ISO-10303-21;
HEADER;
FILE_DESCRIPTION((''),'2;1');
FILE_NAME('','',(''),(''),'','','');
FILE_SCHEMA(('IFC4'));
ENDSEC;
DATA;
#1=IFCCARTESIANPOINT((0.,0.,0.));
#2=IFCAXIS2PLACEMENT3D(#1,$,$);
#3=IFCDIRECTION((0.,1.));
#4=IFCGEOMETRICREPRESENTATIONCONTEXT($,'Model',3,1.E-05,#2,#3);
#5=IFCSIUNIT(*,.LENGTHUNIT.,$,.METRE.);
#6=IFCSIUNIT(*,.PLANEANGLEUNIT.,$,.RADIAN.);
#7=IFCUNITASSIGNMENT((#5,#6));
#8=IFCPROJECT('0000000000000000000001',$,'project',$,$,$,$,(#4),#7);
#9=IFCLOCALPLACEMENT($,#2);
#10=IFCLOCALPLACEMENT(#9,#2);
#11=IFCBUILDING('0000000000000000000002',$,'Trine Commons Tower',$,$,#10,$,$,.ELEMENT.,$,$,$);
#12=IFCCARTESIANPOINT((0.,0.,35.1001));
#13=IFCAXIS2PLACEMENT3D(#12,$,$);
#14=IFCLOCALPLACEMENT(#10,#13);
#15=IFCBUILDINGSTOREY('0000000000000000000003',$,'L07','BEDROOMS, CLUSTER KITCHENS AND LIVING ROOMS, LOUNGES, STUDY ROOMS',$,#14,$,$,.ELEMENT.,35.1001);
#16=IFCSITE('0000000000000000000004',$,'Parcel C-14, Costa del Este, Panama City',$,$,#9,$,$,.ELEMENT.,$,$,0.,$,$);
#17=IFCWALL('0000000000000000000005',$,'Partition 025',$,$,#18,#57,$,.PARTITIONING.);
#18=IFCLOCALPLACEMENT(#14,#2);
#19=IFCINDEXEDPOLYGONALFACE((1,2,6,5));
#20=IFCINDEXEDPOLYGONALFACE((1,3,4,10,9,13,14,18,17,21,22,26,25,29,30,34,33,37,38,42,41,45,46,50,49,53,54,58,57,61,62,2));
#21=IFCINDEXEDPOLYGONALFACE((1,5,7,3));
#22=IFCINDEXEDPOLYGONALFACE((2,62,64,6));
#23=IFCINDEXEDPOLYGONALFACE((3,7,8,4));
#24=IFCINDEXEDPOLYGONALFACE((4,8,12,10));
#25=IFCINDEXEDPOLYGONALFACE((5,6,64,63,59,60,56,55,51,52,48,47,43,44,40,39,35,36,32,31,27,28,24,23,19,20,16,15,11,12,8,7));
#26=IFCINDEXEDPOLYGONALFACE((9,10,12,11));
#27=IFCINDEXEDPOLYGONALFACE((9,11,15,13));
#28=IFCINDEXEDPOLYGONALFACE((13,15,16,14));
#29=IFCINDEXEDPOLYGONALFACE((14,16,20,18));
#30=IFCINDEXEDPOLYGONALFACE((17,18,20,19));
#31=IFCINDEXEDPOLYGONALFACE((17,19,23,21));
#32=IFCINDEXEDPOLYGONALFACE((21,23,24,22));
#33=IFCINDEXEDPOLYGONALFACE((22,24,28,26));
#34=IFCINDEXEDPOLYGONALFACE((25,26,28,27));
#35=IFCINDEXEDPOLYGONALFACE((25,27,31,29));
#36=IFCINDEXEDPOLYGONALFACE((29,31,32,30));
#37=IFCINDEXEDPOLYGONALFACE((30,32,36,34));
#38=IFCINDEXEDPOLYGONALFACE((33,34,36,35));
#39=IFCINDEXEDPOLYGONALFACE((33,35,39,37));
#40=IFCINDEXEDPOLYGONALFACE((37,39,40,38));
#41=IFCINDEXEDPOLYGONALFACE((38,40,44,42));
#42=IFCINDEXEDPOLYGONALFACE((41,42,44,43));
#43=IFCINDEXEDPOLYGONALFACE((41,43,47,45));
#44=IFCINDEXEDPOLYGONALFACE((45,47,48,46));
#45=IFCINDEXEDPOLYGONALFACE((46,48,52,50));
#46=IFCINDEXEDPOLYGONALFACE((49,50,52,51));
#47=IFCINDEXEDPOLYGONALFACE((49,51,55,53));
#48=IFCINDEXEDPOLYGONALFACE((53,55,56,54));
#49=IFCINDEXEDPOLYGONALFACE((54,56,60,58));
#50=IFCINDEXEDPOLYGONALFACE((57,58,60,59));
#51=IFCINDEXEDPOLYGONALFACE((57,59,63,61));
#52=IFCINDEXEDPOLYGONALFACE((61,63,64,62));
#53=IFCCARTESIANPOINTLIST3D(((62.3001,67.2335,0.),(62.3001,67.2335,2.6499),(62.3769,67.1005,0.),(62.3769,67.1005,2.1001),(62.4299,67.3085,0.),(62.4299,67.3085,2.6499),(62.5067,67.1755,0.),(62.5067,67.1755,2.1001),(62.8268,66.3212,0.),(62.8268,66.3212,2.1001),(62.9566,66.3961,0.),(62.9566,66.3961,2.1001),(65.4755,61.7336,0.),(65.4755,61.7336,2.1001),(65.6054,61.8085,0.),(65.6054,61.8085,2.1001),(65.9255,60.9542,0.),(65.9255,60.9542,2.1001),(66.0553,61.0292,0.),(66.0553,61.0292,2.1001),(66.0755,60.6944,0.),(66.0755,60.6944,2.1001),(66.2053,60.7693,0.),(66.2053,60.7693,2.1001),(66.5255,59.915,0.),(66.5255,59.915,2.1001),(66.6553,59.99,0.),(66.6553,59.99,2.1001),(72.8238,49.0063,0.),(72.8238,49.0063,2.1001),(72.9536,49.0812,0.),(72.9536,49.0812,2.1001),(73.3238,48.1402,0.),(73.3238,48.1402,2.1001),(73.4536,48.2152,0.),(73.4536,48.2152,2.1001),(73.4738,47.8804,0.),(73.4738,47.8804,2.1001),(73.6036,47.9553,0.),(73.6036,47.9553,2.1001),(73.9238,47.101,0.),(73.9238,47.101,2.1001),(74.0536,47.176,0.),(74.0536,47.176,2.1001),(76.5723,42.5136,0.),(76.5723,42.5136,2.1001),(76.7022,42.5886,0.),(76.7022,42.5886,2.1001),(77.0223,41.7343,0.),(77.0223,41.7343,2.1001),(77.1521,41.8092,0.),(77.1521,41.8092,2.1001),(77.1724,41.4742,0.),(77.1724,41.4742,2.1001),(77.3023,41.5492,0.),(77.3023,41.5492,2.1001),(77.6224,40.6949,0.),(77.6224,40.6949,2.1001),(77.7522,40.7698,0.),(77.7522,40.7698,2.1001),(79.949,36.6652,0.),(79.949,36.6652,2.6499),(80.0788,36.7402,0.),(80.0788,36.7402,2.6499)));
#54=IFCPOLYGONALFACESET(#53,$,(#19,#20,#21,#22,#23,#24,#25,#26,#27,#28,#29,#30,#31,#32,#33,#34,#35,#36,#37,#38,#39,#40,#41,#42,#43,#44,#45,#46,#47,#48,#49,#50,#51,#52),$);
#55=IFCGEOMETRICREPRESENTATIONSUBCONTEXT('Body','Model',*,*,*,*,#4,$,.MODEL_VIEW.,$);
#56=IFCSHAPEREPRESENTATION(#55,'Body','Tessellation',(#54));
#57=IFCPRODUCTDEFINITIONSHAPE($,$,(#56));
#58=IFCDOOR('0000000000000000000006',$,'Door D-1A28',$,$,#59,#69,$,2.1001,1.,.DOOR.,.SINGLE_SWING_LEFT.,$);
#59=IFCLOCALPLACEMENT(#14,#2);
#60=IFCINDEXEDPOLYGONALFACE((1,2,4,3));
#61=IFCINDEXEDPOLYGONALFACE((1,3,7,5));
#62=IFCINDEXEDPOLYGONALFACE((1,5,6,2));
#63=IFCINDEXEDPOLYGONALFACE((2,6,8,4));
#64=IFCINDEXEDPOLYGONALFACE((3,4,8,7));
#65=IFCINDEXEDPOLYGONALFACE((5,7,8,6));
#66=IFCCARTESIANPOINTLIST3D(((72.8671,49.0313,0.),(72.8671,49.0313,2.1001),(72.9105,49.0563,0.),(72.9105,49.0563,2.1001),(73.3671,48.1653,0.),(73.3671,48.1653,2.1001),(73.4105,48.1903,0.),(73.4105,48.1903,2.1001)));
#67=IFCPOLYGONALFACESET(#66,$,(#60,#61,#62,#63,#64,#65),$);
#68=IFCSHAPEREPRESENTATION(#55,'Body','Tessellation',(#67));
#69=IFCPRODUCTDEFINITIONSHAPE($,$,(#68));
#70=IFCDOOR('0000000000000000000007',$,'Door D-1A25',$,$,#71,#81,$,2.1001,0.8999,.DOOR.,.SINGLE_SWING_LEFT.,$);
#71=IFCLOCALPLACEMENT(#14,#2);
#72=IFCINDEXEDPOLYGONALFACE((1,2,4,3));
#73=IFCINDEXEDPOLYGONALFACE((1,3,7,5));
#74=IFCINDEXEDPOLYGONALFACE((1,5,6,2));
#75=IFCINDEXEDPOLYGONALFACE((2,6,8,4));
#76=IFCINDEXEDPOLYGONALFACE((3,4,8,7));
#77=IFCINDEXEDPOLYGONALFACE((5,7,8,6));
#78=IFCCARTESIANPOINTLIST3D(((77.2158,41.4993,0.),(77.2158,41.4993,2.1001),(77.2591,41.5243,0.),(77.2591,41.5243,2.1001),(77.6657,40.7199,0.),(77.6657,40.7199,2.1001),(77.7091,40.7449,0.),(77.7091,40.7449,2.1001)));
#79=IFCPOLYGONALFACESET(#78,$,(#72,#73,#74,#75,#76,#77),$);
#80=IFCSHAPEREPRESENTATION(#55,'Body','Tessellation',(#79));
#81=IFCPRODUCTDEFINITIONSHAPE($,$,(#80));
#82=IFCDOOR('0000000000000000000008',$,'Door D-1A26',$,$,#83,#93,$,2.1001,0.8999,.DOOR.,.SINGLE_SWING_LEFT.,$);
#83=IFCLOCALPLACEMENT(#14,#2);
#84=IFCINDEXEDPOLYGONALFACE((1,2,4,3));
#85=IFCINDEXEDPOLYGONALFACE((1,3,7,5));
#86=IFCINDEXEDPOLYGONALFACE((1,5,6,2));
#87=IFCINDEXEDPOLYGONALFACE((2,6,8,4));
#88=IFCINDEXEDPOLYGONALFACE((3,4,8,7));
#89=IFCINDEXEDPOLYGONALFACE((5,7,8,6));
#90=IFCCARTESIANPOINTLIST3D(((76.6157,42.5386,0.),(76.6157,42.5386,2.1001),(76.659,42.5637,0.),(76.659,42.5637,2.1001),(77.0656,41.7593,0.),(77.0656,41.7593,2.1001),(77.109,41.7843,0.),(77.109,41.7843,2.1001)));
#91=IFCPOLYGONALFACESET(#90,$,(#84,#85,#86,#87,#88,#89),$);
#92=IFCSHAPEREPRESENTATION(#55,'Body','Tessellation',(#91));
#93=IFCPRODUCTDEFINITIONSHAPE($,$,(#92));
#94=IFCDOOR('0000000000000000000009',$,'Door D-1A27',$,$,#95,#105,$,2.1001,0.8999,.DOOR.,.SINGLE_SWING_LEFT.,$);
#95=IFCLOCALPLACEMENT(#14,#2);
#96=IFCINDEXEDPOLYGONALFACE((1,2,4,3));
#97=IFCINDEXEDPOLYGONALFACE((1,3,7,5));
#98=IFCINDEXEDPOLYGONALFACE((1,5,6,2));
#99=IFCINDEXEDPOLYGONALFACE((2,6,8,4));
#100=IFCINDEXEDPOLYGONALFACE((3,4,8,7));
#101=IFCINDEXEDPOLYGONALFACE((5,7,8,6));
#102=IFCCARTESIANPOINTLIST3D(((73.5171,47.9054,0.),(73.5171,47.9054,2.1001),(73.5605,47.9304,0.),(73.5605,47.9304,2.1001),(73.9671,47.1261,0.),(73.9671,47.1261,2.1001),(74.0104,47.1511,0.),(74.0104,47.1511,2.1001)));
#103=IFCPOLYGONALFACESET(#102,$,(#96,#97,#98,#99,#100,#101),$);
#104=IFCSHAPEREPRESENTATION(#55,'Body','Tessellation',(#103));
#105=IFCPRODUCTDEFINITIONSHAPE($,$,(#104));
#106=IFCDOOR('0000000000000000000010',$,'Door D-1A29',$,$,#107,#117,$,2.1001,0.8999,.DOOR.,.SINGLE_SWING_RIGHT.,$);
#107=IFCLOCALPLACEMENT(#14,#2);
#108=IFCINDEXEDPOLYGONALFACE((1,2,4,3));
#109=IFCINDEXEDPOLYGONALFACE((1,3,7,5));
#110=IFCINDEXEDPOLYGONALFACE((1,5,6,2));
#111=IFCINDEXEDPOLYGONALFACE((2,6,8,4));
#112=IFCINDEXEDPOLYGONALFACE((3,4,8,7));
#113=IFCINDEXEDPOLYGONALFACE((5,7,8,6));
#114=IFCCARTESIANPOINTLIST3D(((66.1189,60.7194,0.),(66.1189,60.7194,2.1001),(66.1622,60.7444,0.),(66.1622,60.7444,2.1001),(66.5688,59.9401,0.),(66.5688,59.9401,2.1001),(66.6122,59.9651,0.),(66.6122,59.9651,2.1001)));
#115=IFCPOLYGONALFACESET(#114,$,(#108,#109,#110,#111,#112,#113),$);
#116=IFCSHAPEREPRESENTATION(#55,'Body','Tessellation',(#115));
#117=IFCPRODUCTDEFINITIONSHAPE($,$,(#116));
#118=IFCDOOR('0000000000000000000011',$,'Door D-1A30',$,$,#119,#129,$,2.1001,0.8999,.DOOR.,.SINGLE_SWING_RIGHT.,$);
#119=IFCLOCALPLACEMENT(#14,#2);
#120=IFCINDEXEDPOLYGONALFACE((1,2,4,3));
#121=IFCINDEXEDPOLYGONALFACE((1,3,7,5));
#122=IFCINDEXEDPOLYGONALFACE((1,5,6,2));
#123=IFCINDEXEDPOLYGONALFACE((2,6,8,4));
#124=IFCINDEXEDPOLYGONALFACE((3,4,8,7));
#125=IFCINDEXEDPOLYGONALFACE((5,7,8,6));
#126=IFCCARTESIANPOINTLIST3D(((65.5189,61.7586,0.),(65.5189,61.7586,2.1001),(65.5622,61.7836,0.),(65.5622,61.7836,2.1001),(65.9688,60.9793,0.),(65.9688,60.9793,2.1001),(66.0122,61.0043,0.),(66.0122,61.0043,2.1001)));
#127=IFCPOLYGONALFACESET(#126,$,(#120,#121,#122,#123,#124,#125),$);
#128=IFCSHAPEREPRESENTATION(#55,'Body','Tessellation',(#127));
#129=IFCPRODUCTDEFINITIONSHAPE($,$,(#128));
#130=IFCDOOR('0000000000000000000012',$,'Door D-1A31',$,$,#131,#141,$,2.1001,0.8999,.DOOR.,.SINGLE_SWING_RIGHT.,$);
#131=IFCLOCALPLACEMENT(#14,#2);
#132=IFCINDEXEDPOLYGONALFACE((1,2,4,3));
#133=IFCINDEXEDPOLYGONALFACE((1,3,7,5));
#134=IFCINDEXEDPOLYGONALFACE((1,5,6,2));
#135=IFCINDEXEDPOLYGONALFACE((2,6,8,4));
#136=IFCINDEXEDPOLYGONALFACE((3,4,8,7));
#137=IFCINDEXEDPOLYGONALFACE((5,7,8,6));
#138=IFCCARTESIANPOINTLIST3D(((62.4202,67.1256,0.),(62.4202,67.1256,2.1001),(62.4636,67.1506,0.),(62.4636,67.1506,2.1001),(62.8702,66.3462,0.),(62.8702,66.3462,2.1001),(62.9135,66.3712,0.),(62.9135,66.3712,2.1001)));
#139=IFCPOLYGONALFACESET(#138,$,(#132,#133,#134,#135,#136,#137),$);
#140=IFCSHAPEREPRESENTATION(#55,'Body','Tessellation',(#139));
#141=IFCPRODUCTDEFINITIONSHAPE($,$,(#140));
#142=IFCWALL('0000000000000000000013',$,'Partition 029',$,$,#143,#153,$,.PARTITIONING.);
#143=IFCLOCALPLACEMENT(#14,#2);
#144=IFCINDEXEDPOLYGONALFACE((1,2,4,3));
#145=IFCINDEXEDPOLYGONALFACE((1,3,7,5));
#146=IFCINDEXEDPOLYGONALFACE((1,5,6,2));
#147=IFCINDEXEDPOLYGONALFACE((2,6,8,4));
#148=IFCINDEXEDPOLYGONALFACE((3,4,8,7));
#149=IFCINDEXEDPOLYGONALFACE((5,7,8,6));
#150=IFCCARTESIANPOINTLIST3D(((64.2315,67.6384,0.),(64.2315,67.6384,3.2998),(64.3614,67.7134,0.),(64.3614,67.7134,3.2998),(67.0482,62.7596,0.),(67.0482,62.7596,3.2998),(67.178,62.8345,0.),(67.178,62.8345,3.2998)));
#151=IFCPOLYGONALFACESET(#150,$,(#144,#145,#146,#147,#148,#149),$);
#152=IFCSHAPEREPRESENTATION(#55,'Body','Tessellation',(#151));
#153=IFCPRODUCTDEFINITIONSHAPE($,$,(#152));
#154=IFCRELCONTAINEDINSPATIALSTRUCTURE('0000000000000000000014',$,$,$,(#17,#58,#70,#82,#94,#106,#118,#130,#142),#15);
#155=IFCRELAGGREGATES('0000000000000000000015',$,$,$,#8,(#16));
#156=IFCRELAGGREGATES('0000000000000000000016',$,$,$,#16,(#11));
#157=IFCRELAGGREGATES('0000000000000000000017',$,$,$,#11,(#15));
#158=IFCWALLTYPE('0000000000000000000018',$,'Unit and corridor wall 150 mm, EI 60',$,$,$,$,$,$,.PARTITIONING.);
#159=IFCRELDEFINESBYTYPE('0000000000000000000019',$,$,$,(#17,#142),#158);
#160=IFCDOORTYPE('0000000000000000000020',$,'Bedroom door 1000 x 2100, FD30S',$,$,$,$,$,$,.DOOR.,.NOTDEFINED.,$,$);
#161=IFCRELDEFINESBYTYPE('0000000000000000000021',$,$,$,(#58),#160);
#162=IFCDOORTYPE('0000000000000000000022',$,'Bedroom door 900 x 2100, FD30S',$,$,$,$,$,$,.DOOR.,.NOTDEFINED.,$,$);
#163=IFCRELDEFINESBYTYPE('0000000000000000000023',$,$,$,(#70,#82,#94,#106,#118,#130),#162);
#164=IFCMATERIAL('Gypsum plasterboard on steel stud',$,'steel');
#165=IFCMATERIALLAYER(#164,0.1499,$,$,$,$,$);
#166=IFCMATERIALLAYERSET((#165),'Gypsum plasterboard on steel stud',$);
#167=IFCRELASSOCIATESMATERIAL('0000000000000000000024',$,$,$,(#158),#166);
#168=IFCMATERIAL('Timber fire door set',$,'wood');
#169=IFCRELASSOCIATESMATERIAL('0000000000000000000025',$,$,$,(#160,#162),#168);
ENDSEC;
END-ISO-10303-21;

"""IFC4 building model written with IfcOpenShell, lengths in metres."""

from ifc_helpers import new_model, si_unit, direction, frame, frame_2d, origin, place, context, subcontext, project, spatial, rectangle, extrude, material, layer, layer_set, type_object, element, fill, save


model = new_model("IFC4")

# Units and contexts
model_context = context("Model", 3, precision=1e-05, world=origin(), true_north=direction((0.0, 1.0)))
body_context = subcontext(model_context, "Body", "Model", "MODEL_VIEW")
ifc_project = project(units=[si_unit("LENGTHUNIT", "METRE"), si_unit("PLANEANGLEUNIT", "RADIAN")], contexts=[model_context])

# Site, building, storey
site_placement = place(None, origin())
site = spatial("IfcSite", under=ifc_project, at=site_placement, Name="Parcel C-14, Costa del Este, Panama City", CompositionType="ELEMENT", RefElevation=0.0)
building_placement = place(site_placement, origin())
building = spatial("IfcBuilding", under=site, at=building_placement, Name="Trine Commons Tower", CompositionType="ELEMENT")
storey_placement = place(building_placement, frame((0.0, 0.0, 35.1001)))
storey = spatial("IfcBuildingStorey", under=building, at=storey_placement, Name="L07", Description="BEDROOMS, CLUSTER KITCHENS AND LIVING ROOMS, LOUNGES, STUDY ROOMS", CompositionType="ELEMENT", Elevation=35.1001)

# Wall, openings, doors
ifc_material_1 = material(Name="Gypsum plasterboard on steel stud", Category="steel")
ifc_layer_1 = layer(ifc_material_1, 0.1499)
ifc_layer_set_1 = layer_set([ifc_layer_1], Name="Gypsum plasterboard on steel stud")
wall_type_1 = type_object("IfcWallType", Name="Unit and corridor wall 150 mm, EI 60", PredefinedType="PARTITIONING", material=ifc_layer_set_1)
wall_1_placement = place(storey_placement, frame((62.365, 67.271, 0.0), z_axis=(0.0, 0.0, 1.0), x_axis=(0.500006, -0.866022, 0.0)))
wall_1 = element("IfcWall", 1, at=wall_1_placement, inside=storey, type_object=wall_type_1, Name="Partition 025", PredefinedType="PARTITIONING", context=body_context, shape_type="SweptSolid", body=[
    extrude(rectangle(XDim=35.2974, YDim=0.1499, at=frame_2d((17.6487, 0.0))), origin(), (0.0, 0.0, 1.0), 2.6499),
])
opening_1_placement = place(wall_1_placement, frame((29.7444, 0.0, 0.0)))
opening_1 = element("IfcOpeningElement", 2, at=opening_1_placement, cuts=wall_1, PredefinedType="OPENING", context=body_context, shape_type="SweptSolid", body=[
    extrude(rectangle(XDim=0.8999, YDim=2.1001, at=frame_2d((0.45, 1.05))), frame((0.0, 0.085, 0.0), z_axis=(0.0, -1.0, 0.0), x_axis=(1.0, 0.0, 0.0)), (0.0, 0.0, 1.0), 0.1699),
])
opening_2_placement = place(wall_1_placement, frame((28.5442, 0.0, 0.0)))
opening_2 = element("IfcOpeningElement", 3, at=opening_2_placement, cuts=wall_1, PredefinedType="OPENING", context=body_context, shape_type="SweptSolid", body=[
    extrude(rectangle(XDim=0.8999, YDim=2.1001, at=frame_2d((0.45, 1.05))), frame((0.0, 0.085, 0.0), z_axis=(0.0, -1.0, 0.0), x_axis=(1.0, 0.0, 0.0)), (0.0, 0.0, 1.0), 0.1699),
])
opening_3_placement = place(wall_1_placement, frame((22.3472, 0.0, 0.0)))
opening_3 = element("IfcOpeningElement", 4, at=opening_3_placement, cuts=wall_1, PredefinedType="OPENING", context=body_context, shape_type="SweptSolid", body=[
    extrude(rectangle(XDim=0.8999, YDim=2.1001, at=frame_2d((0.45, 1.05))), frame((0.0, 0.085, 0.0), z_axis=(0.0, -1.0, 0.0), x_axis=(1.0, 0.0, 0.0)), (0.0, 0.0, 1.0), 0.1699),
])
opening_4_placement = place(wall_1_placement, frame((21.0471, 0.0, 0.0)))
opening_4 = element("IfcOpeningElement", 5, at=opening_4_placement, cuts=wall_1, PredefinedType="OPENING", context=body_context, shape_type="SweptSolid", body=[
    extrude(rectangle(XDim=1.0, YDim=2.1001, at=frame_2d((0.5, 1.05))), frame((0.0, 0.085, 0.0), z_axis=(0.0, -1.0, 0.0), x_axis=(1.0, 0.0, 0.0)), (0.0, 0.0, 1.0), 0.1699),
])
opening_5_placement = place(wall_1_placement, frame((7.5508, 0.0, 0.0)))
opening_5 = element("IfcOpeningElement", 6, at=opening_5_placement, cuts=wall_1, PredefinedType="OPENING", context=body_context, shape_type="SweptSolid", body=[
    extrude(rectangle(XDim=0.8999, YDim=2.1001, at=frame_2d((0.45, 1.05))), frame((0.0, 0.085, 0.0), z_axis=(0.0, -1.0, 0.0), x_axis=(1.0, 0.0, 0.0)), (0.0, 0.0, 1.0), 0.1699),
])
opening_6_placement = place(wall_1_placement, frame((6.3508, 0.0, 0.0)))
opening_6 = element("IfcOpeningElement", 7, at=opening_6_placement, cuts=wall_1, PredefinedType="OPENING", context=body_context, shape_type="SweptSolid", body=[
    extrude(rectangle(XDim=0.8999, YDim=2.1001, at=frame_2d((0.45, 1.05))), frame((0.0, 0.085, 0.0), z_axis=(0.0, -1.0, 0.0), x_axis=(1.0, 0.0, 0.0)), (0.0, 0.0, 1.0), 0.1699),
])
opening_7_placement = place(wall_1_placement, frame((0.1536, 0.0, 0.0)))
opening_7 = element("IfcOpeningElement", 8, at=opening_7_placement, cuts=wall_1, PredefinedType="OPENING", context=body_context, shape_type="SweptSolid", body=[
    extrude(rectangle(XDim=0.8999, YDim=2.1001, at=frame_2d((0.45, 1.05))), frame((0.0, 0.085, 0.0), z_axis=(0.0, -1.0, 0.0), x_axis=(1.0, 0.0, 0.0)), (0.0, 0.0, 1.0), 0.1699),
])
ifc_material_2 = material(Name="Timber fire door set", Category="wood")
door_type_1 = type_object("IfcDoorType", Name="Bedroom door 1000 x 2100, FD30S", OperationType="NOTDEFINED", PredefinedType="DOOR", material=ifc_material_2)
door_1_placement = place(opening_4_placement, frame((1.0, 0.0, 0.0), z_axis=(0.0, 0.0, 1.0), x_axis=(-1.0, 0.0, 0.0)))
door_1 = element("IfcDoor", 9, at=door_1_placement, inside=storey, type_object=door_type_1, Name="Door D-1A28", OperationType="SINGLE_SWING_LEFT", OverallHeight=2.1001, OverallWidth=1.0, PredefinedType="DOOR", context=body_context, shape_type="SweptSolid", body=[
    extrude(rectangle(XDim=1.0, YDim=2.1001, at=frame_2d((0.5, 1.05))), frame((0.0, 0.0249, 0.0), z_axis=(0.0, -1.0, 0.0), x_axis=(1.0, 0.0, 0.0)), (0.0, 0.0, 1.0), 0.05),
])
fill(opening_4, door_1)
door_type_2 = type_object("IfcDoorType", Name="Bedroom door 900 x 2100, FD30S", OperationType="NOTDEFINED", PredefinedType="DOOR", material=ifc_material_2)
door_2_placement = place(opening_1_placement, frame((0.8999, 0.0, 0.0), z_axis=(0.0, 0.0, 1.0), x_axis=(-1.0, 0.0, 0.0)))
door_2 = element("IfcDoor", 10, at=door_2_placement, inside=storey, type_object=door_type_2, Name="Door D-1A25", OperationType="SINGLE_SWING_LEFT", OverallHeight=2.1001, OverallWidth=0.8999, PredefinedType="DOOR", context=body_context, shape_type="SweptSolid", body=[
    extrude(rectangle(XDim=0.8999, YDim=2.1001, at=frame_2d((0.45, 1.05))), frame((0.0, 0.0249, 0.0), z_axis=(0.0, -1.0, 0.0), x_axis=(1.0, 0.0, 0.0)), (0.0, 0.0, 1.0), 0.05),
])
fill(opening_1, door_2)
door_3_placement = place(opening_2_placement, frame((0.8999, 0.0, 0.0), z_axis=(0.0, 0.0, 1.0), x_axis=(-1.0, 0.0, 0.0)))
door_3 = element("IfcDoor", 11, at=door_3_placement, inside=storey, type_object=door_type_2, Name="Door D-1A26", OperationType="SINGLE_SWING_LEFT", OverallHeight=2.1001, OverallWidth=0.8999, PredefinedType="DOOR", context=body_context, shape_type="SweptSolid", body=[
    extrude(rectangle(XDim=0.8999, YDim=2.1001, at=frame_2d((0.45, 1.05))), frame((0.0, 0.0249, 0.0), z_axis=(0.0, -1.0, 0.0), x_axis=(1.0, 0.0, 0.0)), (0.0, 0.0, 1.0), 0.05),
])
fill(opening_2, door_3)
door_4_placement = place(opening_3_placement, frame((0.8999, 0.0, 0.0), z_axis=(0.0, 0.0, 1.0), x_axis=(-1.0, 0.0, 0.0)))
door_4 = element("IfcDoor", 12, at=door_4_placement, inside=storey, type_object=door_type_2, Name="Door D-1A27", OperationType="SINGLE_SWING_LEFT", OverallHeight=2.1001, OverallWidth=0.8999, PredefinedType="DOOR", context=body_context, shape_type="SweptSolid", body=[
    extrude(rectangle(XDim=0.8999, YDim=2.1001, at=frame_2d((0.45, 1.05))), frame((0.0, 0.0249, 0.0), z_axis=(0.0, -1.0, 0.0), x_axis=(1.0, 0.0, 0.0)), (0.0, 0.0, 1.0), 0.05),
])
fill(opening_3, door_4)
door_5_placement = place(opening_5_placement, frame((0.8999, 0.0, 0.0), z_axis=(0.0, 0.0, 1.0), x_axis=(-1.0, 0.0, 0.0)))
door_5 = element("IfcDoor", 13, at=door_5_placement, inside=storey, type_object=door_type_2, Name="Door D-1A29", OperationType="SINGLE_SWING_RIGHT", OverallHeight=2.1001, OverallWidth=0.8999, PredefinedType="DOOR", context=body_context, shape_type="SweptSolid", body=[
    extrude(rectangle(XDim=0.8999, YDim=2.1001, at=frame_2d((0.45, 1.05))), frame((0.0, 0.0249, 0.0), z_axis=(0.0, -1.0, 0.0), x_axis=(1.0, 0.0, 0.0)), (0.0, 0.0, 1.0), 0.05),
])
fill(opening_5, door_5)
door_6_placement = place(opening_6_placement, frame((0.8999, 0.0, 0.0), z_axis=(0.0, 0.0, 1.0), x_axis=(-1.0, 0.0, 0.0)))
door_6 = element("IfcDoor", 14, at=door_6_placement, inside=storey, type_object=door_type_2, Name="Door D-1A30", OperationType="SINGLE_SWING_RIGHT", OverallHeight=2.1001, OverallWidth=0.8999, PredefinedType="DOOR", context=body_context, shape_type="SweptSolid", body=[
    extrude(rectangle(XDim=0.8999, YDim=2.1001, at=frame_2d((0.45, 1.05))), frame((0.0, 0.0249, 0.0), z_axis=(0.0, -1.0, 0.0), x_axis=(1.0, 0.0, 0.0)), (0.0, 0.0, 1.0), 0.05),
])
fill(opening_6, door_6)
door_7_placement = place(opening_7_placement, frame((0.8999, 0.0, 0.0), z_axis=(0.0, 0.0, 1.0), x_axis=(-1.0, 0.0, 0.0)))
door_7 = element("IfcDoor", 15, at=door_7_placement, inside=storey, type_object=door_type_2, Name="Door D-1A31", OperationType="SINGLE_SWING_RIGHT", OverallHeight=2.1001, OverallWidth=0.8999, PredefinedType="DOOR", context=body_context, shape_type="SweptSolid", body=[
    extrude(rectangle(XDim=0.8999, YDim=2.1001, at=frame_2d((0.45, 1.05))), frame((0.0, 0.0249, 0.0), z_axis=(0.0, -1.0, 0.0), x_axis=(1.0, 0.0, 0.0)), (0.0, 0.0, 1.0), 0.05),
])
fill(opening_7, door_7)

# Wall
wall_2_placement = place(storey_placement, frame((64.2964, 67.676, 0.0), z_axis=(0.0, 0.0, 1.0), x_axis=(0.499975, -0.86604, 0.0)))
element("IfcWall", 16, at=wall_2_placement, inside=storey, type_object=wall_type_1, Name="Partition 029", PredefinedType="PARTITIONING", context=body_context, shape_type="SweptSolid", body=[
    extrude(rectangle(XDim=5.6335, YDim=0.1499, at=frame_2d((2.8169, 0.0))), origin(), (0.0, 0.0, 1.0), 3.2998),
])

save(model, "model.ifc")
